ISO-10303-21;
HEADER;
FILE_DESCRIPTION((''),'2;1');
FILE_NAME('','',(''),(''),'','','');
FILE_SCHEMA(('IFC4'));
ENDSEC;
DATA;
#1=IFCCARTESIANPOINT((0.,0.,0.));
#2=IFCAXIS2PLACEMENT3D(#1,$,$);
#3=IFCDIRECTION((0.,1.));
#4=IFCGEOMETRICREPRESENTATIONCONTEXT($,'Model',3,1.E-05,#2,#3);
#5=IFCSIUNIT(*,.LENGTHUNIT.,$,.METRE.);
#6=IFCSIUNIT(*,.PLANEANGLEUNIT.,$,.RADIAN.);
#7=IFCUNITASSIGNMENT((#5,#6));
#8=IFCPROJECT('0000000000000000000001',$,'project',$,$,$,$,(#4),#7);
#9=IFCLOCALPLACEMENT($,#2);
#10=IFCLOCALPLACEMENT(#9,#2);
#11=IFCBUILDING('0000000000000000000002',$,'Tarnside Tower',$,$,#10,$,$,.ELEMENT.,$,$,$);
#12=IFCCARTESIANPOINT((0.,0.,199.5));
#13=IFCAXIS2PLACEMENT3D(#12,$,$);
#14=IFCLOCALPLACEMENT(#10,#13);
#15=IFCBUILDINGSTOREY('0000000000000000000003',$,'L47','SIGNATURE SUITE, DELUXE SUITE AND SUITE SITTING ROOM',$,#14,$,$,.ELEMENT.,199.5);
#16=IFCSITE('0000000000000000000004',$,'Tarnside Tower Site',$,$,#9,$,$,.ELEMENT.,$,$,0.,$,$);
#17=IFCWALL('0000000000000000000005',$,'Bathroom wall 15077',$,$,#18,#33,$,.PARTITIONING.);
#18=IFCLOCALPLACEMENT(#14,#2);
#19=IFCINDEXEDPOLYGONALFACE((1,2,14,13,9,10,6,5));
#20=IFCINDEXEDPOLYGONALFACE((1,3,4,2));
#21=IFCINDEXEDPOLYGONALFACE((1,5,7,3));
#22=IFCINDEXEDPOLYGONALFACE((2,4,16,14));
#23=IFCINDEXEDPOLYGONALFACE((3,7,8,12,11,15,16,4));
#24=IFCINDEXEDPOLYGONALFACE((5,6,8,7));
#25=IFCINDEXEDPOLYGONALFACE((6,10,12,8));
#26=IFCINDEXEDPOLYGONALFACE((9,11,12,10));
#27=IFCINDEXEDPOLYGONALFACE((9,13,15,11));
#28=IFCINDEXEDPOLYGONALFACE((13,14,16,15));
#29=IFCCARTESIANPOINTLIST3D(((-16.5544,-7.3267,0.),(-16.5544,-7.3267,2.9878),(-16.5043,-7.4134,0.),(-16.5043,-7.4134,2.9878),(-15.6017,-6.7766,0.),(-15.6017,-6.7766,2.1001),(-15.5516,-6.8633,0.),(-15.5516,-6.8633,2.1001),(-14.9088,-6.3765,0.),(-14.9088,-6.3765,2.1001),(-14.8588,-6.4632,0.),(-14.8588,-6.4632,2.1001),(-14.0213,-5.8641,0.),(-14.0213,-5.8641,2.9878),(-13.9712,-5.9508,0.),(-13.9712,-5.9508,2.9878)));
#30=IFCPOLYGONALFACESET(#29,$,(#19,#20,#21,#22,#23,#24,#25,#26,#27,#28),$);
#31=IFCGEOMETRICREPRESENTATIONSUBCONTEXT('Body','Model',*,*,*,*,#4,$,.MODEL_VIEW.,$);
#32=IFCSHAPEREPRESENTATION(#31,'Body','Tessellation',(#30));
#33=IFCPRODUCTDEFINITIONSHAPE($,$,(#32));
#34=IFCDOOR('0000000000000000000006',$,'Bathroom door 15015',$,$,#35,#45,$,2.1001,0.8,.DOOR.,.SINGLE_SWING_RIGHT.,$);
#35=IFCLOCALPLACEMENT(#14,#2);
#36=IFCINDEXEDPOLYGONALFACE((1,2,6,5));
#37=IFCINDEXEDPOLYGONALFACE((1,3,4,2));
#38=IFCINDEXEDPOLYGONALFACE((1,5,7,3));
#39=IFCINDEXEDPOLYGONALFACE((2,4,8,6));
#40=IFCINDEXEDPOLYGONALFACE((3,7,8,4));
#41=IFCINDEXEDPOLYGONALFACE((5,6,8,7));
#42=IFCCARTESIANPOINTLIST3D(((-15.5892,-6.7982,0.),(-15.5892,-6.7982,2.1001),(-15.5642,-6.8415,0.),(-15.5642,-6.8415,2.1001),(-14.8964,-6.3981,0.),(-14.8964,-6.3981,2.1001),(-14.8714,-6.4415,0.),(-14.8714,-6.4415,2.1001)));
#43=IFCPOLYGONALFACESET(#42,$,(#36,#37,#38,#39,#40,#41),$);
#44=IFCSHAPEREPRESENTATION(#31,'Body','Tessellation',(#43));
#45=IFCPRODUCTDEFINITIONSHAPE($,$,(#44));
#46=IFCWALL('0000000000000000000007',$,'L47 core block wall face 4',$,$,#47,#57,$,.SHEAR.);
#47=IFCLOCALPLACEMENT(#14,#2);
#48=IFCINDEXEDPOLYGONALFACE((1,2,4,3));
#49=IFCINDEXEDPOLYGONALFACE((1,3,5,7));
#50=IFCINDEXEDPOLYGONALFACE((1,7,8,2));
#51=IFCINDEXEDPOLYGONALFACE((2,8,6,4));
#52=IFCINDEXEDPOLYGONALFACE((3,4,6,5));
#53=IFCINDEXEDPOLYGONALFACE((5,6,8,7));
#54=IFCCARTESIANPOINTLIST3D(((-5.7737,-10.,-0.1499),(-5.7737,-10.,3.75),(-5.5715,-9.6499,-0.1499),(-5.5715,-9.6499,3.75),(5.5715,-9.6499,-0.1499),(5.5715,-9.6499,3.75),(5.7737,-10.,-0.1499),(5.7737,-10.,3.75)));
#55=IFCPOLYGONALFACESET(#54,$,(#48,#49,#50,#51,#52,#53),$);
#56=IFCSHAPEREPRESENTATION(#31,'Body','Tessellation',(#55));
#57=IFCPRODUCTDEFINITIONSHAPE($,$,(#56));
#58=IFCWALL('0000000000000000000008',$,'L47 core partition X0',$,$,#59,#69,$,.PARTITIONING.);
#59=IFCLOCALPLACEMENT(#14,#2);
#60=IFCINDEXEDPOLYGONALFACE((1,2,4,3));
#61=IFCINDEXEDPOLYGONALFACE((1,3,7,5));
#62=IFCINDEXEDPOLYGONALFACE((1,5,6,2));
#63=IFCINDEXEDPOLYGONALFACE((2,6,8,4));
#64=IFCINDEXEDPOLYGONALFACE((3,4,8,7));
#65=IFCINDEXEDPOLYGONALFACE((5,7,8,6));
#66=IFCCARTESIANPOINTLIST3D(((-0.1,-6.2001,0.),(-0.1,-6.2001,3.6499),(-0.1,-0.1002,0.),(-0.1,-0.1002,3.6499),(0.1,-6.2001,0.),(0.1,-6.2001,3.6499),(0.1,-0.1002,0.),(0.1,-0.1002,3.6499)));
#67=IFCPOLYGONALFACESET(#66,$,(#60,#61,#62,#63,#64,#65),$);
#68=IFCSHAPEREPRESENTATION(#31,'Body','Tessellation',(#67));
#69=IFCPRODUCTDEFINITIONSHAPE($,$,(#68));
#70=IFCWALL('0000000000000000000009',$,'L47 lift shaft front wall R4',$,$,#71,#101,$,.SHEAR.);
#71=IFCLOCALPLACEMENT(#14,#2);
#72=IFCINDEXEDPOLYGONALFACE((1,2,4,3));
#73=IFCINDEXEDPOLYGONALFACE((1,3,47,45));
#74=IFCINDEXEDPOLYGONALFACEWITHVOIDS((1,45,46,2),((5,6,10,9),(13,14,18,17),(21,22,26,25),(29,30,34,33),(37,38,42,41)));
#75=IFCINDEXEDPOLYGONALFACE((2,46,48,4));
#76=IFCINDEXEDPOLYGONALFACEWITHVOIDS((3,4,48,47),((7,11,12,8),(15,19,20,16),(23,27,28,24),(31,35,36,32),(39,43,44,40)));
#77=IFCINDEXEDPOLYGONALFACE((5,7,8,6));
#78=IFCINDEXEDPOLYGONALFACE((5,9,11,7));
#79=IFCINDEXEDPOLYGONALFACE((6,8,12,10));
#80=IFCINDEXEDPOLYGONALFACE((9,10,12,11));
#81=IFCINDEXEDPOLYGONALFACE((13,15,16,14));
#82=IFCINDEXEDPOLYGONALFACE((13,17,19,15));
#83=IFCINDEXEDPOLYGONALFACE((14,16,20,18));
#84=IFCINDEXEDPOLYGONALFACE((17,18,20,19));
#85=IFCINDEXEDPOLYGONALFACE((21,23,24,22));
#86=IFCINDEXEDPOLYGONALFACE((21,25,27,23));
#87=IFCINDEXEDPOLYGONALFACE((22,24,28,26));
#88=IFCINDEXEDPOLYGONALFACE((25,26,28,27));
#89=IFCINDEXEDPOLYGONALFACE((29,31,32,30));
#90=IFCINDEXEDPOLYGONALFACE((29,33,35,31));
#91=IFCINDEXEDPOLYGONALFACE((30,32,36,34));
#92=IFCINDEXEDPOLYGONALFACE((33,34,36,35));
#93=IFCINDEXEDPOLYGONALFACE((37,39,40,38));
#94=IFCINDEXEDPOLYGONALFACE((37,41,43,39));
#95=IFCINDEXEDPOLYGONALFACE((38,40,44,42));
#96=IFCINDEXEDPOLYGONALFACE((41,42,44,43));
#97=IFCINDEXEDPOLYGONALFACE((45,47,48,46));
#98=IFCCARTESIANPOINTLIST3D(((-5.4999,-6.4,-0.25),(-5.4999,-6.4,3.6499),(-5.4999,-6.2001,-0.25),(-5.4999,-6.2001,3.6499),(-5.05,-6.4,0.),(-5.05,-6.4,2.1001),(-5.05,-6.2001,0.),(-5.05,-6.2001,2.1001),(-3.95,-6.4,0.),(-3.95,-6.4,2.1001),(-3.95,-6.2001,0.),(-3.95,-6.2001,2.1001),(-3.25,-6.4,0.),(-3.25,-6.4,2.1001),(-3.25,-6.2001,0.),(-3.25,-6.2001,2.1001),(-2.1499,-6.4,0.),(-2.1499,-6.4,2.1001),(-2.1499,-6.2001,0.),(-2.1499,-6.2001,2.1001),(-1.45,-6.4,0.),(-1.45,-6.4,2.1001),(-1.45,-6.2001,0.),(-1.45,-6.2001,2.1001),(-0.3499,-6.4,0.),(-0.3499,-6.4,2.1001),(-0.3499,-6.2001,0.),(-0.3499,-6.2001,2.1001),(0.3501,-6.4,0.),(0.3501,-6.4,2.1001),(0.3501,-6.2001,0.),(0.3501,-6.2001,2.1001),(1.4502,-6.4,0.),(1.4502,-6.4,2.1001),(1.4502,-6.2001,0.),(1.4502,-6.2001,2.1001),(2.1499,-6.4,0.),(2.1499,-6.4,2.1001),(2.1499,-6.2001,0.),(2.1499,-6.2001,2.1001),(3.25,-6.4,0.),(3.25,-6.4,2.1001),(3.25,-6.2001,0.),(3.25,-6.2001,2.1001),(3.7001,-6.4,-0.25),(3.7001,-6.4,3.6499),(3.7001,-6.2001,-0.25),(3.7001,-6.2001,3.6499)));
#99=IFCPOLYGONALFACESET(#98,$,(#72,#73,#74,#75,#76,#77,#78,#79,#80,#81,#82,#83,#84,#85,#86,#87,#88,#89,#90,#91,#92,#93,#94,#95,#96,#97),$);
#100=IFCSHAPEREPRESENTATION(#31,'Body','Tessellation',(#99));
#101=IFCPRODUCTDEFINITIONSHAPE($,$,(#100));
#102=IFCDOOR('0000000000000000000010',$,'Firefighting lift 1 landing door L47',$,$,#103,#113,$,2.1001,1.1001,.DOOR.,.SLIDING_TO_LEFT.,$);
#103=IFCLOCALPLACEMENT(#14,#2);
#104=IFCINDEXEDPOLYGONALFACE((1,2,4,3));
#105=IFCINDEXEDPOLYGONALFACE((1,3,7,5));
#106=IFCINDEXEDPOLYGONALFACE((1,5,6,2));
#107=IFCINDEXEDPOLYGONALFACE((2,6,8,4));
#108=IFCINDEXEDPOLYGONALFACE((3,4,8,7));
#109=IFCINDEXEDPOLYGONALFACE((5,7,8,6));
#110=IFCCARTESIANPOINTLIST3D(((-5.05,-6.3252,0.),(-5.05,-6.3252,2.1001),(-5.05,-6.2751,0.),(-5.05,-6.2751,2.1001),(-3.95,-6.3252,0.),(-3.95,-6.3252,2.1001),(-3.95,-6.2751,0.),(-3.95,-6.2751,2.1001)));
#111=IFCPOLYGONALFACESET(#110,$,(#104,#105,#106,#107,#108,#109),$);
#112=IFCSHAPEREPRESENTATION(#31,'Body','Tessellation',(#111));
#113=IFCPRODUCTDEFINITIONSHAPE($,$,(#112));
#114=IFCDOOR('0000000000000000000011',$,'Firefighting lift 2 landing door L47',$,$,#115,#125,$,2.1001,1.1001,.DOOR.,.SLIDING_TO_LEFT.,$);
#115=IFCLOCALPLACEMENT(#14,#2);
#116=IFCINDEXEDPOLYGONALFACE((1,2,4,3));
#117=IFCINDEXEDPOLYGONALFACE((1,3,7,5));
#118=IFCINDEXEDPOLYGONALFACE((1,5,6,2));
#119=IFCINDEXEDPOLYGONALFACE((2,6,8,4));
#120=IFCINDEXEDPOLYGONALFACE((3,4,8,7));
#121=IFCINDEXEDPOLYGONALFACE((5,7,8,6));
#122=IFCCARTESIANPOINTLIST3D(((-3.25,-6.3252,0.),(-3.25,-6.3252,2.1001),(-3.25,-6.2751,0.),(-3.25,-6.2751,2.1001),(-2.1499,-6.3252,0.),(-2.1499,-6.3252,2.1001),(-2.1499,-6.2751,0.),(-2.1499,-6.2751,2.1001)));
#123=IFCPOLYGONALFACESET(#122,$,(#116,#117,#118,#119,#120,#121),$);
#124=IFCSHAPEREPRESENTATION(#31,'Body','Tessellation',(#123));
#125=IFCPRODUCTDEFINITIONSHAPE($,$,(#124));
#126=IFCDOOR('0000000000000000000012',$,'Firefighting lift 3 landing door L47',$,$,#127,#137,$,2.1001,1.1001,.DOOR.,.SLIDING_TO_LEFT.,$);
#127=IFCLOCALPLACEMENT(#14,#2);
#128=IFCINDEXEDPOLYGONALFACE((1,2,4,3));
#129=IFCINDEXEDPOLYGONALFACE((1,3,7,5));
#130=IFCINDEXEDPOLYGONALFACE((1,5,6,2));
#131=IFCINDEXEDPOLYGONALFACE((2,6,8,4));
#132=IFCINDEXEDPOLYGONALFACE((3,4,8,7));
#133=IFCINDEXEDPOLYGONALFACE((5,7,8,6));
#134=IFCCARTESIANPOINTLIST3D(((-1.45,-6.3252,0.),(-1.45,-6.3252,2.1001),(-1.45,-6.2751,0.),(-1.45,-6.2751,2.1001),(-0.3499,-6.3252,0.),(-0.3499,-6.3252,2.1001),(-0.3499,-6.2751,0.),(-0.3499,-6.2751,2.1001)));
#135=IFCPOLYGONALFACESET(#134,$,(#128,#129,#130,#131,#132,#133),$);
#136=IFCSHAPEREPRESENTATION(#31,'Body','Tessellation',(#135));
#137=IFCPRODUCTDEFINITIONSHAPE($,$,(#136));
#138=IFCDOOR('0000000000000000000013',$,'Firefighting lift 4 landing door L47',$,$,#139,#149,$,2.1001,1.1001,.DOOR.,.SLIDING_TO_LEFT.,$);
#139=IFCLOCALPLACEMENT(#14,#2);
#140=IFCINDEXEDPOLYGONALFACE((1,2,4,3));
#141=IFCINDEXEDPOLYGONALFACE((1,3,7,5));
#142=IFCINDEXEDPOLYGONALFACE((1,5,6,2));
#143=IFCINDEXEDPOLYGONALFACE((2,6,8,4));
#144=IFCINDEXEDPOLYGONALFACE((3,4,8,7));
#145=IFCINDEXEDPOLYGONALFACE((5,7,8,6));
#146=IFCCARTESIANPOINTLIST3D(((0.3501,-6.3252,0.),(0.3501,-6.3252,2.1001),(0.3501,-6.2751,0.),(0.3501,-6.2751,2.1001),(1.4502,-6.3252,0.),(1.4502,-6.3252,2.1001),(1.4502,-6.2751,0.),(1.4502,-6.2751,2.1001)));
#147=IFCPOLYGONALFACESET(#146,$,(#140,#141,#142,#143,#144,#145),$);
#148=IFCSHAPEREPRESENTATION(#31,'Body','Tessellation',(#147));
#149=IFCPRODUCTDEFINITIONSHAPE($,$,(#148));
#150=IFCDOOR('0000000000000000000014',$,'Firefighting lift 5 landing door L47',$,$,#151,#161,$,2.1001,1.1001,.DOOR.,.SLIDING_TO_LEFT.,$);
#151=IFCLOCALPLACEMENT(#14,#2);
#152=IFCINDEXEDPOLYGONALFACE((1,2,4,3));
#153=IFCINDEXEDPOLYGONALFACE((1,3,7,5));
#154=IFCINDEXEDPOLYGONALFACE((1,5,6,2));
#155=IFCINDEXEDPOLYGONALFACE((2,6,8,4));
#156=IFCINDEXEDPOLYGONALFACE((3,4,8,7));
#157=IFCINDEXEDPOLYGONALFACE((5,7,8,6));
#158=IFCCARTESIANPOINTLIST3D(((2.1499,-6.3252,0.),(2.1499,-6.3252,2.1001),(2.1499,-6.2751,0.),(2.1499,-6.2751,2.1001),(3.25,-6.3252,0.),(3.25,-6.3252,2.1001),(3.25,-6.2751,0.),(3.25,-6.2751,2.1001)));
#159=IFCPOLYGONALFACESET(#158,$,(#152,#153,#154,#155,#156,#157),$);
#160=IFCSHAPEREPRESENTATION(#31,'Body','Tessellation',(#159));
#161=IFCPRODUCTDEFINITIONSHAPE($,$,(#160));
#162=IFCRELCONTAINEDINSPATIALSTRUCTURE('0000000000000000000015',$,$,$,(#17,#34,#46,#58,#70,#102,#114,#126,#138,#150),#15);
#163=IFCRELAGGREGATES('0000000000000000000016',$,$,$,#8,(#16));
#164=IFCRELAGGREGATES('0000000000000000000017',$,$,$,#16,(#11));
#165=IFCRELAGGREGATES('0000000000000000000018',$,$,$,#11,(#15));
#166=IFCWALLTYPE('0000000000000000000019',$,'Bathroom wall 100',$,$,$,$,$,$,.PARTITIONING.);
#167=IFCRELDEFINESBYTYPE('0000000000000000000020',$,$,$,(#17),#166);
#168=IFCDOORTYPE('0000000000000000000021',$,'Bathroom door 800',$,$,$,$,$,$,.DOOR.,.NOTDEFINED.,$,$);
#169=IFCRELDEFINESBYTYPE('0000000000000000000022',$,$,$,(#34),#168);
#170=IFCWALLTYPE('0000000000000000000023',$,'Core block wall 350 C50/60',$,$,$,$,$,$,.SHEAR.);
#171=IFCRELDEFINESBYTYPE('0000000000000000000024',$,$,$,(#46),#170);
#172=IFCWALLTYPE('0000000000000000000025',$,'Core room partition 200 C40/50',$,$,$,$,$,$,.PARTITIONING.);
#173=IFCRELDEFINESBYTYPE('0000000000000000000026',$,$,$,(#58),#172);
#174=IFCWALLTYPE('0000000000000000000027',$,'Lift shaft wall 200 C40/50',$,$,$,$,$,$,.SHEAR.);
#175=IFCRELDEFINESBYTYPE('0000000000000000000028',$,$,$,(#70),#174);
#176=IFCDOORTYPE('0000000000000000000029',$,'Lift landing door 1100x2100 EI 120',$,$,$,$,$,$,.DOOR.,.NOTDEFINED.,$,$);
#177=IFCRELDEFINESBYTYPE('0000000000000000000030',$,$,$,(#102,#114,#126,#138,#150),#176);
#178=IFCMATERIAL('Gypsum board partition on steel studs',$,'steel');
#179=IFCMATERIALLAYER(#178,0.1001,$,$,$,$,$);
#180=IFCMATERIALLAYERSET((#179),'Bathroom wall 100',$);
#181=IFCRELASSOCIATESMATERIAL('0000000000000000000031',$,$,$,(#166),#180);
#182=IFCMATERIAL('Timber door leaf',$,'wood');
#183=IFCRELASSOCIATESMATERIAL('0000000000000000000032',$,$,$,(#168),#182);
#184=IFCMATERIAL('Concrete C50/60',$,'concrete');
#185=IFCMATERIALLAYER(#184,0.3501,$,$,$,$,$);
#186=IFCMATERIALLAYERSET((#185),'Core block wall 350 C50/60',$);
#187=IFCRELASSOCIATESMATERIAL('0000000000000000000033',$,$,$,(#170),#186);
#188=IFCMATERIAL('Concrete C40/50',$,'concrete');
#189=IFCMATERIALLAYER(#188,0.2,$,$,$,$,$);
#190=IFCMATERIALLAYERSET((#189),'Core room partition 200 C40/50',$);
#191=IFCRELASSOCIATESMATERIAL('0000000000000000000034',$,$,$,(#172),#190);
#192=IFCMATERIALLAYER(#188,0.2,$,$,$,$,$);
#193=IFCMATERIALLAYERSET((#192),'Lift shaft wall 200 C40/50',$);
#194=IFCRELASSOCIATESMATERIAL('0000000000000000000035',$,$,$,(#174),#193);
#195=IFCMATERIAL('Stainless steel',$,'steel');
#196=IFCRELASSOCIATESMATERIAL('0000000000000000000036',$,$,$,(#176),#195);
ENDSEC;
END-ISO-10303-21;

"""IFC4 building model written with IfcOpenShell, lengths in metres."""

from ifc_helpers import new_model, si_unit, direction, frame, frame_2d, origin, place, context, subcontext, project, spatial, polyline, rectangle, outline, extrude, material, layer, layer_set, type_object, element, fill, save


model = new_model("IFC4")

# Units and contexts
model_context = context("Model", 3, precision=1e-05, world=origin(), true_north=direction((0.0, 1.0)))
body_context = subcontext(model_context, "Body", "Model", "MODEL_VIEW")
ifc_project = project(units=[si_unit("LENGTHUNIT", "METRE"), si_unit("PLANEANGLEUNIT", "RADIAN")], contexts=[model_context])

# Site, building, storey
site_placement = place(None, origin())
site = spatial("IfcSite", under=ifc_project, at=site_placement, Name="Tarnside Tower Site", CompositionType="ELEMENT", RefElevation=0.0)
building_placement = place(site_placement, origin())
building = spatial("IfcBuilding", under=site, at=building_placement, Name="Tarnside Tower", CompositionType="ELEMENT")
storey_placement = place(building_placement, frame((0.0, 0.0, 199.5)))
storey = spatial("IfcBuildingStorey", under=building, at=storey_placement, Name="L47", Description="SIGNATURE SUITE, DELUXE SUITE AND SUITE SITTING ROOM", CompositionType="ELEMENT", Elevation=199.5)

# Wall, opening, door
ifc_material_1 = material(Name="Gypsum board partition on steel studs", Category="steel")
ifc_layer_1 = layer(ifc_material_1, 0.1001)
ifc_layer_set_1 = layer_set([ifc_layer_1], Name="Bathroom wall 100")
wall_type_1 = type_object("IfcWallType", Name="Bathroom wall 100", PredefinedType="PARTITIONING", material=ifc_layer_set_1)
wall_1_placement = place(storey_placement, frame((-13.9963, -5.9075, 0.0), z_axis=(0.0, 0.0, 1.0), x_axis=(-0.86601, -0.500026, 0.0)))
wall_1 = element("IfcWall", 1, at=wall_1_placement, inside=storey, type_object=wall_type_1, Name="Bathroom wall 15077", PredefinedType="PARTITIONING", context=body_context, shape_type="SweptSolid", body=[
    extrude(rectangle(XDim=2.925, YDim=0.1001, at=frame_2d((1.4624, 0.0))), origin(), (0.0, 0.0, 1.0), 2.9878),
])
opening_1_placement = place(wall_1_placement, frame((1.0249, 0.0, 0.0)))
opening_1 = element("IfcOpeningElement", 2, at=opening_1_placement, cuts=wall_1, PredefinedType="OPENING", context=body_context, shape_type="SweptSolid", body=[
    extrude(rectangle(XDim=0.8, YDim=2.1001, at=frame_2d((0.3999, 1.05))), frame((0.0, 0.0601, 0.0), z_axis=(0.0, -1.0, 0.0), x_axis=(1.0, 0.0, 0.0)), (0.0, 0.0, 1.0), 0.1201),
])
ifc_material_2 = material(Name="Timber door leaf", Category="wood")
door_type_1 = type_object("IfcDoorType", Name="Bathroom door 800", OperationType="NOTDEFINED", PredefinedType="DOOR", material=ifc_material_2)
door_1_placement = place(opening_1_placement, origin())
door_1 = element("IfcDoor", 3, at=door_1_placement, inside=storey, type_object=door_type_1, Name="Bathroom door 15015", OperationType="SINGLE_SWING_RIGHT", OverallHeight=2.1001, OverallWidth=0.8, PredefinedType="DOOR", context=body_context, shape_type="SweptSolid", body=[
    extrude(rectangle(XDim=0.8, YDim=2.1001, at=frame_2d((0.3999, 1.05))), frame((0.0, 0.0249, 0.0), z_axis=(0.0, -1.0, 0.0), x_axis=(1.0, 0.0, 0.0)), (0.0, 0.0, 1.0), 0.05),
])
fill(opening_1, door_1)

# Walls
ifc_material_3 = material(Name="Concrete C50/60", Category="concrete")
ifc_layer_2 = layer(ifc_material_3, 0.3501)
ifc_layer_set_2 = layer_set([ifc_layer_2], Name="Core block wall 350 C50/60")
wall_type_2 = type_object("IfcWallType", Name="Core block wall 350 C50/60", PredefinedType="SHEAR", material=ifc_layer_set_2)
wall_2_placement = place(storey_placement, frame((-5.6726, -9.825, -0.1499), z_axis=(0.0, 0.0, 1.0), x_axis=(1.0, 0.0, 0.0)))
element("IfcWall", 4, at=wall_2_placement, inside=storey, type_object=wall_type_2, Name="L47 core block wall face 4", PredefinedType="SHEAR", context=body_context, shape_type="SweptSolid", body=[
    extrude(outline(polyline([(-0.1011, -0.175), (11.4463, -0.175), (11.2441, 0.175), (0.1011, 0.175), (-0.1011, -0.175)])), origin(), (0.0, 0.0, 1.0), 3.8999),
])
ifc_material_4 = material(Name="Concrete C40/50", Category="concrete")
ifc_layer_3 = layer(ifc_material_4, 0.2)
ifc_layer_set_3 = layer_set([ifc_layer_3], Name="Core room partition 200 C40/50")
wall_type_3 = type_object("IfcWallType", Name="Core room partition 200 C40/50", PredefinedType="PARTITIONING", material=ifc_layer_set_3)
wall_3_placement = place(storey_placement, frame((0.0, -6.2, 0.0), z_axis=(0.0, 0.0, 1.0), x_axis=(0.0, 1.0, 0.0)))
element("IfcWall", 5, at=wall_3_placement, inside=storey, type_object=wall_type_3, Name="L47 core partition X0", PredefinedType="PARTITIONING", context=body_context, shape_type="SweptSolid", body=[
    extrude(rectangle(XDim=6.0999, YDim=0.2, at=frame_2d((3.0498, 0.0))), origin(), (0.0, 0.0, 1.0), 3.6499),
])

# Wall, openings, doors
ifc_layer_4 = layer(ifc_material_4, 0.2)
ifc_layer_set_4 = layer_set([ifc_layer_4], Name="Lift shaft wall 200 C40/50")
wall_type_4 = type_object("IfcWallType", Name="Lift shaft wall 200 C40/50", PredefinedType="SHEAR", material=ifc_layer_set_4)
wall_4_placement = place(storey_placement, frame((-5.5, -6.3, -0.25), z_axis=(0.0, 0.0, 1.0), x_axis=(1.0, 0.0, 0.0)))
wall_4 = element("IfcWall", 6, at=wall_4_placement, inside=storey, type_object=wall_type_4, Name="L47 lift shaft front wall R4", PredefinedType="SHEAR", context=body_context, shape_type="SweptSolid", body=[
    extrude(rectangle(XDim=9.2, YDim=0.2, at=frame_2d((4.6001, 0.0))), origin(), (0.0, 0.0, 1.0), 3.8999),
])
opening_2_placement = place(wall_4_placement, frame((0.45, 0.0, 0.25)))
opening_2 = element("IfcOpeningElement", 7, at=opening_2_placement, cuts=wall_4, PredefinedType="OPENING", context=body_context, shape_type="SweptSolid", body=[
    extrude(rectangle(XDim=1.1001, YDim=2.1001, at=frame_2d((0.55, 1.05))), frame((0.0, 0.1099, 0.0), z_axis=(0.0, -1.0, 0.0), x_axis=(1.0, 0.0, 0.0)), (0.0, 0.0, 1.0), 0.22),
])
opening_3_placement = place(wall_4_placement, frame((2.25, 0.0, 0.25)))
opening_3 = element("IfcOpeningElement", 8, at=opening_3_placement, cuts=wall_4, PredefinedType="OPENING", context=body_context, shape_type="SweptSolid", body=[
    extrude(rectangle(XDim=1.1001, YDim=2.1001, at=frame_2d((0.55, 1.05))), frame((0.0, 0.1099, 0.0), z_axis=(0.0, -1.0, 0.0), x_axis=(1.0, 0.0, 0.0)), (0.0, 0.0, 1.0), 0.22),
])
opening_4_placement = place(wall_4_placement, frame((4.05, 0.0, 0.25)))
opening_4 = element("IfcOpeningElement", 9, at=opening_4_placement, cuts=wall_4, PredefinedType="OPENING", context=body_context, shape_type="SweptSolid", body=[
    extrude(rectangle(XDim=1.1001, YDim=2.1001, at=frame_2d((0.55, 1.05))), frame((0.0, 0.1099, 0.0), z_axis=(0.0, -1.0, 0.0), x_axis=(1.0, 0.0, 0.0)), (0.0, 0.0, 1.0), 0.22),
])
opening_5_placement = place(wall_4_placement, frame((5.8501, 0.0, 0.25)))
opening_5 = element("IfcOpeningElement", 10, at=opening_5_placement, cuts=wall_4, PredefinedType="OPENING", context=body_context, shape_type="SweptSolid", body=[
    extrude(rectangle(XDim=1.1001, YDim=2.1001, at=frame_2d((0.55, 1.05))), frame((0.0, 0.1099, 0.0), z_axis=(0.0, -1.0, 0.0), x_axis=(1.0, 0.0, 0.0)), (0.0, 0.0, 1.0), 0.22),
])
opening_6_placement = place(wall_4_placement, frame((7.6499, 0.0, 0.25)))
opening_6 = element("IfcOpeningElement", 11, at=opening_6_placement, cuts=wall_4, PredefinedType="OPENING", context=body_context, shape_type="SweptSolid", body=[
    extrude(rectangle(XDim=1.1001, YDim=2.1001, at=frame_2d((0.55, 1.05))), frame((0.0, 0.1099, 0.0), z_axis=(0.0, -1.0, 0.0), x_axis=(1.0, 0.0, 0.0)), (0.0, 0.0, 1.0), 0.22),
])
ifc_material_5 = material(Name="Stainless steel", Category="steel")
door_type_2 = type_object("IfcDoorType", Name="Lift landing door 1100x2100 EI 120", OperationType="NOTDEFINED", PredefinedType="DOOR", material=ifc_material_5)
door_2_placement = place(opening_2_placement, origin())
door_2 = element("IfcDoor", 12, at=door_2_placement, inside=storey, type_object=door_type_2, Name="Firefighting lift 1 landing door L47", OperationType="SLIDING_TO_LEFT", OverallHeight=2.1001, OverallWidth=1.1001, PredefinedType="DOOR", context=body_context, shape_type="SweptSolid", body=[
    extrude(rectangle(XDim=1.1001, YDim=2.1001, at=frame_2d((0.55, 1.05))), frame((0.0, 0.0249, 0.0), z_axis=(0.0, -1.0, 0.0), x_axis=(1.0, 0.0, 0.0)), (0.0, 0.0, 1.0), 0.05),
])
fill(opening_2, door_2)
door_3_placement = place(opening_3_placement, origin())
door_3 = element("IfcDoor", 13, at=door_3_placement, inside=storey, type_object=door_type_2, Name="Firefighting lift 2 landing door L47", OperationType="SLIDING_TO_LEFT", OverallHeight=2.1001, OverallWidth=1.1001, PredefinedType="DOOR", context=body_context, shape_type="SweptSolid", body=[
    extrude(rectangle(XDim=1.1001, YDim=2.1001, at=frame_2d((0.55, 1.05))), frame((0.0, 0.0249, 0.0), z_axis=(0.0, -1.0, 0.0), x_axis=(1.0, 0.0, 0.0)), (0.0, 0.0, 1.0), 0.05),
])
fill(opening_3, door_3)
door_4_placement = place(opening_4_placement, origin())
door_4 = element("IfcDoor", 14, at=door_4_placement, inside=storey, type_object=door_type_2, Name="Firefighting lift 3 landing door L47", OperationType="SLIDING_TO_LEFT", OverallHeight=2.1001, OverallWidth=1.1001, PredefinedType="DOOR", context=body_context, shape_type="SweptSolid", body=[
    extrude(rectangle(XDim=1.1001, YDim=2.1001, at=frame_2d((0.55, 1.05))), frame((0.0, 0.0249, 0.0), z_axis=(0.0, -1.0, 0.0), x_axis=(1.0, 0.0, 0.0)), (0.0, 0.0, 1.0), 0.05),
])
fill(opening_4, door_4)
door_5_placement = place(opening_5_placement, origin())
door_5 = element("IfcDoor", 15, at=door_5_placement, inside=storey, type_object=door_type_2, Name="Firefighting lift 4 landing door L47", OperationType="SLIDING_TO_LEFT", OverallHeight=2.1001, OverallWidth=1.1001, PredefinedType="DOOR", context=body_context, shape_type="SweptSolid", body=[
    extrude(rectangle(XDim=1.1001, YDim=2.1001, at=frame_2d((0.55, 1.05))), frame((0.0, 0.0249, 0.0), z_axis=(0.0, -1.0, 0.0), x_axis=(1.0, 0.0, 0.0)), (0.0, 0.0, 1.0), 0.05),
])
fill(opening_5, door_5)
door_6_placement = place(opening_6_placement, origin())
door_6 = element("IfcDoor", 16, at=door_6_placement, inside=storey, type_object=door_type_2, Name="Firefighting lift 5 landing door L47", OperationType="SLIDING_TO_LEFT", OverallHeight=2.1001, OverallWidth=1.1001, PredefinedType="DOOR", context=body_context, shape_type="SweptSolid", body=[
    extrude(rectangle(XDim=1.1001, YDim=2.1001, at=frame_2d((0.55, 1.05))), frame((0.0, 0.0249, 0.0), z_axis=(0.0, -1.0, 0.0), x_axis=(1.0, 0.0, 0.0)), (0.0, 0.0, 1.0), 0.05),
])
fill(opening_6, door_6)

save(model, "model.ifc")
